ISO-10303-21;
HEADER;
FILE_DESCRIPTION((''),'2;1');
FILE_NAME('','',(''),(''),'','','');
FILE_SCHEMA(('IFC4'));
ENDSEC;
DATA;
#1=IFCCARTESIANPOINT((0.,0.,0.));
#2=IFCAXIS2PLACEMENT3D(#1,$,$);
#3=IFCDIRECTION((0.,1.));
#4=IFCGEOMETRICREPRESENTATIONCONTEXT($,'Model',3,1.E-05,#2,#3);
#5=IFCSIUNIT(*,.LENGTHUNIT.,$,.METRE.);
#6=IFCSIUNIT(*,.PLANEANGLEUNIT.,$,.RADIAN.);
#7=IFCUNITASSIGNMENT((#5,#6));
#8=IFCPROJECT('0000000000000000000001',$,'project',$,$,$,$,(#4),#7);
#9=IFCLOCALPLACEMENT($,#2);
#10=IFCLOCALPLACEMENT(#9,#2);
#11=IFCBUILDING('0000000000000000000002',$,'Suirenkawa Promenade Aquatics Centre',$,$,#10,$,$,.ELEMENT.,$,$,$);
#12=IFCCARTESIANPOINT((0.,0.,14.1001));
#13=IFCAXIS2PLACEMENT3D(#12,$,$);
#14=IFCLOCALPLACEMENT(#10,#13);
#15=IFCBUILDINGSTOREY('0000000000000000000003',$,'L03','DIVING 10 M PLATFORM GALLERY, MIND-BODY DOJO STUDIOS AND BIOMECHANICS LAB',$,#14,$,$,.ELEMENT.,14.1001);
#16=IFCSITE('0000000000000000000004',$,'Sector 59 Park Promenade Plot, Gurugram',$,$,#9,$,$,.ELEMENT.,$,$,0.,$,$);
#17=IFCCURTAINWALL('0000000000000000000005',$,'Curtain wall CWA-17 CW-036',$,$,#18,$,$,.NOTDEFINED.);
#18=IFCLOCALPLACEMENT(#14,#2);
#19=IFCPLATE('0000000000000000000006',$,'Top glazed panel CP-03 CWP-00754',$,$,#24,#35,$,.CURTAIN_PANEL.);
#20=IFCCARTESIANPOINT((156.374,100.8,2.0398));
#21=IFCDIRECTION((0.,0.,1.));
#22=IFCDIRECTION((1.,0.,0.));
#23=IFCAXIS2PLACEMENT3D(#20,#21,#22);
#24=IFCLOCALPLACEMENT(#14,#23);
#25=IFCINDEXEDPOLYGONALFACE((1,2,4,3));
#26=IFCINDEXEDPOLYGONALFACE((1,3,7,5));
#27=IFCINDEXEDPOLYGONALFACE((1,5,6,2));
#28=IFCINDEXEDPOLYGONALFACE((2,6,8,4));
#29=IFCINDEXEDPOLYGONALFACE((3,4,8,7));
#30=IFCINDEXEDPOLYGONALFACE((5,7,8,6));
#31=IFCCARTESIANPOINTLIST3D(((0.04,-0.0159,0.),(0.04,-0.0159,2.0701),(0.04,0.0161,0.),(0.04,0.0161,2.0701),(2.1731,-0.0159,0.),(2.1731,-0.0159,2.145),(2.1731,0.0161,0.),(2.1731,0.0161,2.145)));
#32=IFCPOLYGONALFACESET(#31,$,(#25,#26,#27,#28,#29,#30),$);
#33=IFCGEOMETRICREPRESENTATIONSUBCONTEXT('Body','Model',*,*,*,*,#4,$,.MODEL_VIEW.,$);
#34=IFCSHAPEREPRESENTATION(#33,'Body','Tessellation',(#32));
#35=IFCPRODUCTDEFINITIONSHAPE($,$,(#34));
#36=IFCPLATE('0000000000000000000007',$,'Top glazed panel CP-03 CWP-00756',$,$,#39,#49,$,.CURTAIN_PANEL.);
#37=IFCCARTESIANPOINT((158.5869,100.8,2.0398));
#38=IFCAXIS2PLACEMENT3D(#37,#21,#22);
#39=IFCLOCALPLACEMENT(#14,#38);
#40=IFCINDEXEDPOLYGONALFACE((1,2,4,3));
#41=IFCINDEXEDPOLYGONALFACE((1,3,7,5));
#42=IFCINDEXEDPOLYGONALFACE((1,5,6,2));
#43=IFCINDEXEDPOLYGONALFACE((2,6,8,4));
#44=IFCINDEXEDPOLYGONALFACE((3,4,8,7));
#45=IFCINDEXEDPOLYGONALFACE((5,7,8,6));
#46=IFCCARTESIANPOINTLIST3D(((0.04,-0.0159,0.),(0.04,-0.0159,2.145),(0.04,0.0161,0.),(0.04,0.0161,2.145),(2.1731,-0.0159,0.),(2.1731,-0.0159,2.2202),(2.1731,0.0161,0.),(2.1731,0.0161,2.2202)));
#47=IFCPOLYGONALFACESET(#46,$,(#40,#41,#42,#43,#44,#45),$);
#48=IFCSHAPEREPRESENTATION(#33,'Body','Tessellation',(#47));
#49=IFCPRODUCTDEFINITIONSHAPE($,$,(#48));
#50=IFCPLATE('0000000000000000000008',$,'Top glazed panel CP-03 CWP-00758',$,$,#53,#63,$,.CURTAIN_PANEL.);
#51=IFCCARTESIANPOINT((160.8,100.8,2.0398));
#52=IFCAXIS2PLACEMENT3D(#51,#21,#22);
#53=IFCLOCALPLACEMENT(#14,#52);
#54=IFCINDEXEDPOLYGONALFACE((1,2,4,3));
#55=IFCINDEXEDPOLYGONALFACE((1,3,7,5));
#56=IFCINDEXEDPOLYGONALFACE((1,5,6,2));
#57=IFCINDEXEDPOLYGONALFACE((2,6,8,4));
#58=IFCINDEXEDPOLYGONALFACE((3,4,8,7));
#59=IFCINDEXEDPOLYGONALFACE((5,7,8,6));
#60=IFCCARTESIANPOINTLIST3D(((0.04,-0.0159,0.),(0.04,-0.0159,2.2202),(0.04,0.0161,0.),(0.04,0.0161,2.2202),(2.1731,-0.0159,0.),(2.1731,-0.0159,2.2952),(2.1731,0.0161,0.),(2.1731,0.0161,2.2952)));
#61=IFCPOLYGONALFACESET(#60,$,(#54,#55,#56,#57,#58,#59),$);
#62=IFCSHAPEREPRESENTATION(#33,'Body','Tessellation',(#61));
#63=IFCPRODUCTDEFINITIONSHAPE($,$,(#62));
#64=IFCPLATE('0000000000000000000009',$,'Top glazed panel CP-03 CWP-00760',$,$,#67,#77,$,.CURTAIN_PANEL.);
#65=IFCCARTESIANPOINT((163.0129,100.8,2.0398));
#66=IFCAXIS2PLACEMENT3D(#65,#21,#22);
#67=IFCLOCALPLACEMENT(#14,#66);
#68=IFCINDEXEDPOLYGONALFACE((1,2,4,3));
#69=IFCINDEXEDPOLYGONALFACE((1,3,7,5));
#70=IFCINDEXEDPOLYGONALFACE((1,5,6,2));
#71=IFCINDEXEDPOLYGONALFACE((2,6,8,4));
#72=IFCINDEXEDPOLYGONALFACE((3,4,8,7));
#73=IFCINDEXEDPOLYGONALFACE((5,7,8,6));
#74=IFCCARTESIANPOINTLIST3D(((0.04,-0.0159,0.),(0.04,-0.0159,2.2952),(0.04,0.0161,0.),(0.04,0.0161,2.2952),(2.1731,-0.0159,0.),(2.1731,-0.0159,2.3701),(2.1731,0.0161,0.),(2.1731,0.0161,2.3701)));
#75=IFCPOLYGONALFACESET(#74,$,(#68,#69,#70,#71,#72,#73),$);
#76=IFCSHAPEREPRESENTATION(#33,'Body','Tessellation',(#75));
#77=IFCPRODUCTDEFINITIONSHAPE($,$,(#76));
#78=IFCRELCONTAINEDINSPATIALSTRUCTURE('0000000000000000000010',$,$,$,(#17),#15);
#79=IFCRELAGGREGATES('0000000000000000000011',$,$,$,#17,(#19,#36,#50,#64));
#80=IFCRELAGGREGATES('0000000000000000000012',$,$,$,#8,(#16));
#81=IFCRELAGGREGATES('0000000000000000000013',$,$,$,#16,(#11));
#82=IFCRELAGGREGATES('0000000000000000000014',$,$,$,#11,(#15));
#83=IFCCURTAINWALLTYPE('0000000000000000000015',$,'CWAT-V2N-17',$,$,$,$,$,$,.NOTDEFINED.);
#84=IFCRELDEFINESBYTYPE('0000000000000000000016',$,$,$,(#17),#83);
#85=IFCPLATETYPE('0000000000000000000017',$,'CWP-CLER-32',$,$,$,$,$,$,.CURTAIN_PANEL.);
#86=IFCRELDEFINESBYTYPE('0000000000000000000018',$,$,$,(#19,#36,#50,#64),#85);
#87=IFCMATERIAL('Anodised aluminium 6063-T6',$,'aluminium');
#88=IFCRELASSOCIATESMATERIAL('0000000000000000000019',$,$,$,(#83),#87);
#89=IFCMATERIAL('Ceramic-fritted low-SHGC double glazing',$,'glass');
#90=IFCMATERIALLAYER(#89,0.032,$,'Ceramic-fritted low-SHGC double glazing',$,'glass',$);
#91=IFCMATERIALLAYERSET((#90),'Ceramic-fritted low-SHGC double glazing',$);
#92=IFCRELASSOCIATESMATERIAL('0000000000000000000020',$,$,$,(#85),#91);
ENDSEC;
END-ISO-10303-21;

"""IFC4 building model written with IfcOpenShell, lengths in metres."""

from ifc_helpers import new_model, si_unit, direction, frame, origin, place, context, subcontext, project, spatial, polyline, outline, extrude, material, layer, layer_set, type_object, element, aggregate, save


model = new_model("IFC4")

# Units and contexts
model_context = context("Model", 3, precision=1e-05, world=origin(), true_north=direction((0.0, 1.0)))
body_context = subcontext(model_context, "Body", "Model", "MODEL_VIEW")
ifc_project = project(units=[si_unit("LENGTHUNIT", "METRE"), si_unit("PLANEANGLEUNIT", "RADIAN")], contexts=[model_context])

# Site, building, storey
site_placement = place(None, origin())
site = spatial("IfcSite", under=ifc_project, at=site_placement, Name="Sector 59 Park Promenade Plot, Gurugram", CompositionType="ELEMENT", RefElevation=0.0)
building_placement = place(site_placement, origin())
building = spatial("IfcBuilding", under=site, at=building_placement, Name="Suirenkawa Promenade Aquatics Centre", CompositionType="ELEMENT")
storey_placement = place(building_placement, frame((0.0, 0.0, 14.1001)))
storey = spatial("IfcBuildingStorey", under=building, at=storey_placement, Name="L03", Description="DIVING 10 M PLATFORM GALLERY, MIND-BODY DOJO STUDIOS AND BIOMECHANICS LAB", CompositionType="ELEMENT", Elevation=14.1001)

# Curtain wall, plates
ifc_material_1 = material(Name="Anodised aluminium 6063-T6", Category="aluminium")
curtain_wall_type = type_object("IfcCurtainWallType", Name="CWAT-V2N-17", PredefinedType="NOTDEFINED", material=ifc_material_1)
curtain_wall_placement = place(storey_placement, origin())
curtain_wall = element("IfcCurtainWall", 1, at=curtain_wall_placement, inside=storey, type_object=curtain_wall_type, Name="Curtain wall CWA-17 CW-036", PredefinedType="NOTDEFINED")
ifc_material_2 = material(Name="Ceramic-fritted low-SHGC double glazing", Category="glass")
ifc_layer_1 = layer(ifc_material_2, 0.032, Name="Ceramic-fritted low-SHGC double glazing", Category="glass")
ifc_layer_set_1 = layer_set([ifc_layer_1], Name="Ceramic-fritted low-SHGC double glazing")
plate_type = type_object("IfcPlateType", Name="CWP-CLER-32", PredefinedType="CURTAIN_PANEL", material=ifc_layer_set_1)
plate_1_placement = place(storey_placement, frame((156.374, 100.8, 2.0398), z_axis=(0.0, 0.0, 1.0), x_axis=(1.0, 0.0, 0.0)))
plate_1 = element("IfcPlate", 2, at=plate_1_placement, type_object=plate_type, Name="Top glazed panel CP-03 CWP-00754", PredefinedType="CURTAIN_PANEL", context=body_context, shape_type="SweptSolid", body=[
    extrude(outline(polyline([(0.04, 0.0), (2.1731, 0.0), (2.1731, 2.145), (0.04, 2.0701), (0.04, 0.0)])), frame((0.0, 0.0161, 0.0), z_axis=(0.0, -1.0, 0.0), x_axis=(1.0, 0.0, 0.0)), (0.0, 0.0, 1.0), 0.032),
])
plate_2_placement = place(storey_placement, frame((158.5869, 100.8, 2.0398), z_axis=(0.0, 0.0, 1.0), x_axis=(1.0, 0.0, 0.0)))
plate_2 = element("IfcPlate", 3, at=plate_2_placement, type_object=plate_type, Name="Top glazed panel CP-03 CWP-00756", PredefinedType="CURTAIN_PANEL", context=body_context, shape_type="SweptSolid", body=[
    extrude(outline(polyline([(0.04, 0.0), (2.1731, 0.0), (2.1731, 2.2202), (0.04, 2.145), (0.04, 0.0)])), frame((0.0, 0.0161, 0.0), z_axis=(0.0, -1.0, 0.0), x_axis=(1.0, 0.0, 0.0)), (0.0, 0.0, 1.0), 0.032),
])
plate_3_placement = place(storey_placement, frame((160.8, 100.8, 2.0398), z_axis=(0.0, 0.0, 1.0), x_axis=(1.0, 0.0, 0.0)))
plate_3 = element("IfcPlate", 4, at=plate_3_placement, type_object=plate_type, Name="Top glazed panel CP-03 CWP-00758", PredefinedType="CURTAIN_PANEL", context=body_context, shape_type="SweptSolid", body=[
    extrude(outline(polyline([(0.04, 0.0), (2.1731, 0.0), (2.1731, 2.2952), (0.04, 2.2202), (0.04, 0.0)])), frame((0.0, 0.0161, 0.0), z_axis=(0.0, -1.0, 0.0), x_axis=(1.0, 0.0, 0.0)), (0.0, 0.0, 1.0), 0.032),
])
plate_4_placement = place(storey_placement, frame((163.0129, 100.8, 2.0398), z_axis=(0.0, 0.0, 1.0), x_axis=(1.0, 0.0, 0.0)))
plate_4 = element("IfcPlate", 5, at=plate_4_placement, type_object=plate_type, Name="Top glazed panel CP-03 CWP-00760", PredefinedType="CURTAIN_PANEL", context=body_context, shape_type="SweptSolid", body=[
    extrude(outline(polyline([(0.04, 0.0), (2.1731, 0.0), (2.1731, 2.3701), (0.04, 2.2952), (0.04, 0.0)])), frame((0.0, 0.0161, 0.0), z_axis=(0.0, -1.0, 0.0), x_axis=(1.0, 0.0, 0.0)), (0.0, 0.0, 1.0), 0.032),
])
aggregate(curtain_wall, [plate_1, plate_2, plate_3, plate_4])

save(model, "model.ifc")
